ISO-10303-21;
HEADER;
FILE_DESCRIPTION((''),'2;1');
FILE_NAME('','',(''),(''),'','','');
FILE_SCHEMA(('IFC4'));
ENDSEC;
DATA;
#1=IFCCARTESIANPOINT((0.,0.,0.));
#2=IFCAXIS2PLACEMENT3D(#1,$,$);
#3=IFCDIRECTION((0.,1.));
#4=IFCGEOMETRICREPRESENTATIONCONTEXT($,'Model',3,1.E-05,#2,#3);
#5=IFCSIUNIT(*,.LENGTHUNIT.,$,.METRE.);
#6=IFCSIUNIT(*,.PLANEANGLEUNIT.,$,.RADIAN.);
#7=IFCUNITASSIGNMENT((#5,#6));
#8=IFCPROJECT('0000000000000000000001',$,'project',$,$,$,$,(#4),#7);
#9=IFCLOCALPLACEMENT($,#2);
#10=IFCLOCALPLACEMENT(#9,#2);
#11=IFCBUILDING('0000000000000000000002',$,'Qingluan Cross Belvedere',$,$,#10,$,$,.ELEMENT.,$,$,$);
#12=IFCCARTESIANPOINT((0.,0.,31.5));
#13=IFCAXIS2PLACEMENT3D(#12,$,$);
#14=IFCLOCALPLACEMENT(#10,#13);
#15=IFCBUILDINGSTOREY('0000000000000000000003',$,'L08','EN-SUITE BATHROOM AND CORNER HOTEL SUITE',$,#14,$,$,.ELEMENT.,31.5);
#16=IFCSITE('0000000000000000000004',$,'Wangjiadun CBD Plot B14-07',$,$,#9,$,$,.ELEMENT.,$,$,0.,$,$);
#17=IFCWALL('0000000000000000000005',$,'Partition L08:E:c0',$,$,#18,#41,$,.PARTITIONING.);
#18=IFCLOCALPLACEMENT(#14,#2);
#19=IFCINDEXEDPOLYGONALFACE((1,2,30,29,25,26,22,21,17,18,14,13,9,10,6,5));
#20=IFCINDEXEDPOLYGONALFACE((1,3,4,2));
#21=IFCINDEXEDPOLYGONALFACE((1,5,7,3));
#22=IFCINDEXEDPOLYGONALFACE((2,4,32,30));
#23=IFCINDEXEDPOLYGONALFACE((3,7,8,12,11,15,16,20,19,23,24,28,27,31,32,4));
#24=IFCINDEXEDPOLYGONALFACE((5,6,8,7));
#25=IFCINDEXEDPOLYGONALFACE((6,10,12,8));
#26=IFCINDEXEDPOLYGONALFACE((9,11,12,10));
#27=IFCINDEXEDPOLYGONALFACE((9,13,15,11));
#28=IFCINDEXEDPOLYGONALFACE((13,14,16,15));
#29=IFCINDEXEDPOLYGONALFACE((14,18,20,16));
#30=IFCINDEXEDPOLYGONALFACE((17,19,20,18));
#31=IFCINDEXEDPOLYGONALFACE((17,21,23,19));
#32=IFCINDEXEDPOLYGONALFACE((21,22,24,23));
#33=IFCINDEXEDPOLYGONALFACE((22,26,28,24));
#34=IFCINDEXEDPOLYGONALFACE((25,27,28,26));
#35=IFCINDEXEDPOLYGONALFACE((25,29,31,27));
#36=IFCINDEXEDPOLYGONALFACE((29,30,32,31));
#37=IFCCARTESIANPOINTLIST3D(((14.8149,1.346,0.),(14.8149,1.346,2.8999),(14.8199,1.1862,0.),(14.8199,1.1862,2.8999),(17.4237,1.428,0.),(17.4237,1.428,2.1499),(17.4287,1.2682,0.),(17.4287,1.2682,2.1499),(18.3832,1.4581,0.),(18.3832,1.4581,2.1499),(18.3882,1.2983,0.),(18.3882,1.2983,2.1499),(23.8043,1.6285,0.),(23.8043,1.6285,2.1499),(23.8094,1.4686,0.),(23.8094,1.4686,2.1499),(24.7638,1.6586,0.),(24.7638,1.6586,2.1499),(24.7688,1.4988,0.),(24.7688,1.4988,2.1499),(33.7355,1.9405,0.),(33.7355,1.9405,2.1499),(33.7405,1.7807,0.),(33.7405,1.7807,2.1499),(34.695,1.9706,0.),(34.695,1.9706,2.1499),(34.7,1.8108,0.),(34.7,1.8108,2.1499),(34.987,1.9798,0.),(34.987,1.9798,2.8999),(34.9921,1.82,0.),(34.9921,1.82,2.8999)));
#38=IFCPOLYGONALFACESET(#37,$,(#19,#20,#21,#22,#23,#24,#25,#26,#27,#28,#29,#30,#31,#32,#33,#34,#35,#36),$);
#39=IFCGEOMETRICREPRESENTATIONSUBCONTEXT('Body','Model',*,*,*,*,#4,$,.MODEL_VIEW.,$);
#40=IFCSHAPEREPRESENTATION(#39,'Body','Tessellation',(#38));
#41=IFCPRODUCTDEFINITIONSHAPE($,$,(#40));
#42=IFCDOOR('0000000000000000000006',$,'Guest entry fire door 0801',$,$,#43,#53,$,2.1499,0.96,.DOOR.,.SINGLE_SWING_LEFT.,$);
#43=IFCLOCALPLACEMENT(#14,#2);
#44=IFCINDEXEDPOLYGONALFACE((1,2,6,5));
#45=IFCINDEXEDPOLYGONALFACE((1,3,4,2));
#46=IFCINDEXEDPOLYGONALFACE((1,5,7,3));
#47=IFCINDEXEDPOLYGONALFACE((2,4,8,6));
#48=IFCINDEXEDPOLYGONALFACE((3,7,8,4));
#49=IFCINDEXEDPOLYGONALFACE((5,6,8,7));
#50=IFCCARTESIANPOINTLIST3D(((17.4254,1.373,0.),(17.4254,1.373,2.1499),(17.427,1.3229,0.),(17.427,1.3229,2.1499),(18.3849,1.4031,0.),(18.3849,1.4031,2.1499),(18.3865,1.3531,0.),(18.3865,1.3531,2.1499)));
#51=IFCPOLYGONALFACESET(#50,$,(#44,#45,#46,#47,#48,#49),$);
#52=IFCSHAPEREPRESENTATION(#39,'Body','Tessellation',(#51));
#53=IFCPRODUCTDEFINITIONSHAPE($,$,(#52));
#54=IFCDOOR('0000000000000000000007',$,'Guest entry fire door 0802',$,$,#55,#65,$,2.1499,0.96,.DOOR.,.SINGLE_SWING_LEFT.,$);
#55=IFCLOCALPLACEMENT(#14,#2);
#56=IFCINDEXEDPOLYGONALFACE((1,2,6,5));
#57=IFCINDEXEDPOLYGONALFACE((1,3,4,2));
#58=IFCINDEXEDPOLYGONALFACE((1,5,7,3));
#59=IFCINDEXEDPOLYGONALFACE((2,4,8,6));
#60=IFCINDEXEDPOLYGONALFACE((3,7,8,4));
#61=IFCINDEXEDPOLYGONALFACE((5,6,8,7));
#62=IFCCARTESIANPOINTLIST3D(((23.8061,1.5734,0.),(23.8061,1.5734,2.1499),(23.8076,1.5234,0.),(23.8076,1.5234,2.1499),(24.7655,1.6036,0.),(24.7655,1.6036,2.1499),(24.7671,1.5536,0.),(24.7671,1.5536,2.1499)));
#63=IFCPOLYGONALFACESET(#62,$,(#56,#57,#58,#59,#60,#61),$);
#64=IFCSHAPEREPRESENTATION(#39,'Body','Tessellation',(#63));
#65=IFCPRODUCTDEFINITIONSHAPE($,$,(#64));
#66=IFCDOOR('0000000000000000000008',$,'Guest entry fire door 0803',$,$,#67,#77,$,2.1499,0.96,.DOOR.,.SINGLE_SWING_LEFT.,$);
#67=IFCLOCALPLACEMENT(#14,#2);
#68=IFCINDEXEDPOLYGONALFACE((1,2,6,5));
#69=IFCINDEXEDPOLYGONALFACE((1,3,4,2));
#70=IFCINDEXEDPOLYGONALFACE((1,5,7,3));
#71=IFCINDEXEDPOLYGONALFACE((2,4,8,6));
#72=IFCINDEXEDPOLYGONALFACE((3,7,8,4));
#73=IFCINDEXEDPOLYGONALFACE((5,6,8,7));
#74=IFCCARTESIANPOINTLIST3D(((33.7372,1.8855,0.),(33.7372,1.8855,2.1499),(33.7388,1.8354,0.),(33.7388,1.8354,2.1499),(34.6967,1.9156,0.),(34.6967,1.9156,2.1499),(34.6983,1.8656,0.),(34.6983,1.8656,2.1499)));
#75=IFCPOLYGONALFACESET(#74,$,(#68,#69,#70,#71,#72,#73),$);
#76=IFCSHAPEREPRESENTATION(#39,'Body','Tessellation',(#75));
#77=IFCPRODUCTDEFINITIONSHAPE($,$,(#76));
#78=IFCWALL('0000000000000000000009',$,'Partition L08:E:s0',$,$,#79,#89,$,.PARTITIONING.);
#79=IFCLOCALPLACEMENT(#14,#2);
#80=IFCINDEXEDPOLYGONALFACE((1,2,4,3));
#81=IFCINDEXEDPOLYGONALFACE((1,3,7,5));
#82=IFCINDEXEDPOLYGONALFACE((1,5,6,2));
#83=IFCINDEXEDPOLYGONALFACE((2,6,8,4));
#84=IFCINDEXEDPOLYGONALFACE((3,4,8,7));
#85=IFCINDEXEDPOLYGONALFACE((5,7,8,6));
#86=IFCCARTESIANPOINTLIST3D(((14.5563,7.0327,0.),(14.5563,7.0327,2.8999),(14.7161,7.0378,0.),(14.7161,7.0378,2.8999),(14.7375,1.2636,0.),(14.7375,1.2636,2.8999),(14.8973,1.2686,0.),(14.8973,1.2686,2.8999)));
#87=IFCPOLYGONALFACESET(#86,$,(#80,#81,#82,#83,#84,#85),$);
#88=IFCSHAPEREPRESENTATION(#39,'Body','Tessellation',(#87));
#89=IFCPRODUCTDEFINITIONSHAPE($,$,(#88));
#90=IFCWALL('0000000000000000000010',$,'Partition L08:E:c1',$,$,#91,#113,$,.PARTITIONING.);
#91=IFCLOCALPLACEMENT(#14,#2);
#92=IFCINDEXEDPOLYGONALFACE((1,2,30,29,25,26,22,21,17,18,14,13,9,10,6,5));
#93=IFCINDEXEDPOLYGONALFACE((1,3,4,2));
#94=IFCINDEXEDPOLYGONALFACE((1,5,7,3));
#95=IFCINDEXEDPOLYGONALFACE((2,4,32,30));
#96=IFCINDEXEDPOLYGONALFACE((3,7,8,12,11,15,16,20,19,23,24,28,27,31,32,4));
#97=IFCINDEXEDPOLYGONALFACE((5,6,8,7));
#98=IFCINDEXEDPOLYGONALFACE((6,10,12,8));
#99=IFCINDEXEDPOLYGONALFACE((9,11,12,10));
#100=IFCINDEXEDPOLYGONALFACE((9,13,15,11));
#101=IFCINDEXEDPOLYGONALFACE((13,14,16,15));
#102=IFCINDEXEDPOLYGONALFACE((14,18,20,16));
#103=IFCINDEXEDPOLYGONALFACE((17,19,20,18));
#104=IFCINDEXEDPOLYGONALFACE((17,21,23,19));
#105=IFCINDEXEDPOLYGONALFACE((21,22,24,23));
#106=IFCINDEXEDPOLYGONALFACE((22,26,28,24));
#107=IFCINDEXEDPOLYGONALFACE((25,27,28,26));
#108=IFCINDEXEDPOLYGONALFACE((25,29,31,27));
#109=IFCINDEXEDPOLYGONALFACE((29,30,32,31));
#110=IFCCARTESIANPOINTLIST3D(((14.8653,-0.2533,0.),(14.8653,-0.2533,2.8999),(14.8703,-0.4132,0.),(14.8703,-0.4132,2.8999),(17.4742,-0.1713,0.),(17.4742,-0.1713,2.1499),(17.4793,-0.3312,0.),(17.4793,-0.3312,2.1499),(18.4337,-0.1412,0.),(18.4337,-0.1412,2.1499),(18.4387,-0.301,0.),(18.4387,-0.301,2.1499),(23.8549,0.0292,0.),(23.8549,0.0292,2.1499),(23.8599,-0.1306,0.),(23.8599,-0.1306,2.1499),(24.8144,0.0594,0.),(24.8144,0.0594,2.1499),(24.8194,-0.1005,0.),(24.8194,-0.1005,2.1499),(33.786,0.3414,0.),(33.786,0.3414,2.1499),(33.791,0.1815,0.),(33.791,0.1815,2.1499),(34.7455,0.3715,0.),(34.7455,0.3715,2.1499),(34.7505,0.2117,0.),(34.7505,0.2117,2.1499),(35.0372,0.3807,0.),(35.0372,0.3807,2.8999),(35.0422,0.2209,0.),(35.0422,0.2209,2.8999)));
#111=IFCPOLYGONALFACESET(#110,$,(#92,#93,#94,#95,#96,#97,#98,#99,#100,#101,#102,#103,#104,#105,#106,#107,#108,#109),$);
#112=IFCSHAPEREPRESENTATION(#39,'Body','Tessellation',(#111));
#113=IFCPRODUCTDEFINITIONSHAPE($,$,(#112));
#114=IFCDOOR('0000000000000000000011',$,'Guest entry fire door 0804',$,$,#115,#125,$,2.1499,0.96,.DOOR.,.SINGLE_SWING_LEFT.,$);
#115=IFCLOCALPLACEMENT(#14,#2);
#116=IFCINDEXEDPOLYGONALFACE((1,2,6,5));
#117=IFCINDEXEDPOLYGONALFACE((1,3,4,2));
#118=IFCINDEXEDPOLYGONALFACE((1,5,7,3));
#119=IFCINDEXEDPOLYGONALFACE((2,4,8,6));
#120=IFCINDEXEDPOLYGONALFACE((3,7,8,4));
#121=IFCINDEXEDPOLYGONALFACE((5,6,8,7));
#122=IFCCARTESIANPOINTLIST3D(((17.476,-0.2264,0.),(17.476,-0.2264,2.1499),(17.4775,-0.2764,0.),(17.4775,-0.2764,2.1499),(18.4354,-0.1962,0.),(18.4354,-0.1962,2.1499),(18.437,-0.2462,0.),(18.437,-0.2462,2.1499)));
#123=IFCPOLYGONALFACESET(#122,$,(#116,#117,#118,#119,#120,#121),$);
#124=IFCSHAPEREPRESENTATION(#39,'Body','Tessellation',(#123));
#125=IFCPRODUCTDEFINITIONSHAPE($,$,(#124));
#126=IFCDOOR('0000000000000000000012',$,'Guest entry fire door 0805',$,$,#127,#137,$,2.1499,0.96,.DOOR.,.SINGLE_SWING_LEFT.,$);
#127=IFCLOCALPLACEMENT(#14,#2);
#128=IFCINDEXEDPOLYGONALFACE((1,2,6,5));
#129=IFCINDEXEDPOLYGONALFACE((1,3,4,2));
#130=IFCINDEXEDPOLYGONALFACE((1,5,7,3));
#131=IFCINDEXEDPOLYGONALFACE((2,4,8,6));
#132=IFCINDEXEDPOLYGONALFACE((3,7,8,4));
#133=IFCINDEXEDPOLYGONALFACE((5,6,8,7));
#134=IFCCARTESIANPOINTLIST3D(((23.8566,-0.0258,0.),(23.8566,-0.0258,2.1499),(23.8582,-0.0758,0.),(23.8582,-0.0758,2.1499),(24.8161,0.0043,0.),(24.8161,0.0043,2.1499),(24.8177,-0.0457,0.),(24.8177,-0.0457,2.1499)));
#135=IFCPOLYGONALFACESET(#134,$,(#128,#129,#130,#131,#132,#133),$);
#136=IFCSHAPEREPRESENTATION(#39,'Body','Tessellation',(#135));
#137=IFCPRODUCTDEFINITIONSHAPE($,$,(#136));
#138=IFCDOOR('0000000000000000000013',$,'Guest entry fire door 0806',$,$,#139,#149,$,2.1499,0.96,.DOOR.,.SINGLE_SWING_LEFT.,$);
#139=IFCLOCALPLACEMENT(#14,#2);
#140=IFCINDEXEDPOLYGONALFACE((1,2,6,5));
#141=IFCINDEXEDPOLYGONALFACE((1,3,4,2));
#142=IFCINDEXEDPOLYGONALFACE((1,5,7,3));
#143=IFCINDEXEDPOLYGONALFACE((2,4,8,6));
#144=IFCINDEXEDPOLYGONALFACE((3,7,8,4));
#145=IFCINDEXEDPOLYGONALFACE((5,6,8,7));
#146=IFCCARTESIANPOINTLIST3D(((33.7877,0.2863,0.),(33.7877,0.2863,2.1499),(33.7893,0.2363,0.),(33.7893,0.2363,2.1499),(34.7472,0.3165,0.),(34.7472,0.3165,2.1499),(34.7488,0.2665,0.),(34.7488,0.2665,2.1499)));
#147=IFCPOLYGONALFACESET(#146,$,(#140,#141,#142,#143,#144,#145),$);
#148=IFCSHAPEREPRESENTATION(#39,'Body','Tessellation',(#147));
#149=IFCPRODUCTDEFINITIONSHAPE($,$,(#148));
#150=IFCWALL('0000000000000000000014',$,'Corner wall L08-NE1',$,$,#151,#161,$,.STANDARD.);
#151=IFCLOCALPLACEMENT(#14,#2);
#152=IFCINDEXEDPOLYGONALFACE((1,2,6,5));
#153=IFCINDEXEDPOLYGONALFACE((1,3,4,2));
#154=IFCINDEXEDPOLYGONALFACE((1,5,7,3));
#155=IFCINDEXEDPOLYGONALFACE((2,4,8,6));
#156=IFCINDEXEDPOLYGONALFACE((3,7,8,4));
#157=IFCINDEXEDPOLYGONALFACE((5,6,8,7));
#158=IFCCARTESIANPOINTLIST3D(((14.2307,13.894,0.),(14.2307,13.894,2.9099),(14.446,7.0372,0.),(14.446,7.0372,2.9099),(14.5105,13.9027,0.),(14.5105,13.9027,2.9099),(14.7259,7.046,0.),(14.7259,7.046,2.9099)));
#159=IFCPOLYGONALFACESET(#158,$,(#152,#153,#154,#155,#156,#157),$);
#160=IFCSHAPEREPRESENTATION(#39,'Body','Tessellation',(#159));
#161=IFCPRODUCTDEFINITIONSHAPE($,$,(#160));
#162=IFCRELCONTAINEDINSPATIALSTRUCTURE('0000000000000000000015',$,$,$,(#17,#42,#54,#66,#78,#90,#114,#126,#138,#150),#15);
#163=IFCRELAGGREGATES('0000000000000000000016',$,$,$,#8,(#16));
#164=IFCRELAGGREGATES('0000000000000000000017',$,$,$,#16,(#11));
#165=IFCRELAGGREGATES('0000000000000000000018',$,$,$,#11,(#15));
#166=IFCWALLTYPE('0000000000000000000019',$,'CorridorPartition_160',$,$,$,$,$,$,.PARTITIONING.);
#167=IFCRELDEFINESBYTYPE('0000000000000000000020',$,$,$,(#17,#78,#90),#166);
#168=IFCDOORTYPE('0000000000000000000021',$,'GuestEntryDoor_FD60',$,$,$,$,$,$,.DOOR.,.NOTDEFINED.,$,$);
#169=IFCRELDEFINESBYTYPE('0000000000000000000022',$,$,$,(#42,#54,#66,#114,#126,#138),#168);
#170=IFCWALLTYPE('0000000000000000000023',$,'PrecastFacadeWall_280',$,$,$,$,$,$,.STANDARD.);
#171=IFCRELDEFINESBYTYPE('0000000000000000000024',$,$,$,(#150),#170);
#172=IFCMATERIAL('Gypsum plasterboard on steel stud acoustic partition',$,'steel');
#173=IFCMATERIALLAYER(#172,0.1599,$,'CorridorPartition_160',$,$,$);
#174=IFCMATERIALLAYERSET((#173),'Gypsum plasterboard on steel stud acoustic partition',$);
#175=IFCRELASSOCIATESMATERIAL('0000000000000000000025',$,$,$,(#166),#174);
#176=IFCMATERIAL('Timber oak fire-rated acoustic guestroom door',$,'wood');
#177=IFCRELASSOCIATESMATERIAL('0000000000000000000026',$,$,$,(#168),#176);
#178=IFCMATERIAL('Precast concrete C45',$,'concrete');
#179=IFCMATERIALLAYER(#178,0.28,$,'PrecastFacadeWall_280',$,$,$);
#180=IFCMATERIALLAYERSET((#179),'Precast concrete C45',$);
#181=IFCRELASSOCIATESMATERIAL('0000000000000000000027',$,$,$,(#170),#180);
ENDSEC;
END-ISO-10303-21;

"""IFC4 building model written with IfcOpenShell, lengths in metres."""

from ifc_helpers import new_model, si_unit, direction, frame, frame_2d, origin, place, context, subcontext, project, spatial, rectangle, extrude, material, layer, layer_set, type_object, element, fill, save


model = new_model("IFC4")

# Units and contexts
model_context = context("Model", 3, precision=1e-05, world=origin(), true_north=direction((0.0, 1.0)))
body_context = subcontext(model_context, "Body", "Model", "MODEL_VIEW")
ifc_project = project(units=[si_unit("LENGTHUNIT", "METRE"), si_unit("PLANEANGLEUNIT", "RADIAN")], contexts=[model_context])

# Site, building, storey
site_placement = place(None, origin())
site = spatial("IfcSite", under=ifc_project, at=site_placement, Name="Wangjiadun CBD Plot B14-07", CompositionType="ELEMENT", RefElevation=0.0)
building_placement = place(site_placement, origin())
building = spatial("IfcBuilding", under=site, at=building_placement, Name="Qingluan Cross Belvedere", CompositionType="ELEMENT")
storey_placement = place(building_placement, frame((0.0, 0.0, 31.5)))
storey = spatial("IfcBuildingStorey", under=building, at=storey_placement, Name="L08", Description="EN-SUITE BATHROOM AND CORNER HOTEL SUITE", CompositionType="ELEMENT", Elevation=31.5)

# Shared definitions
ifc_material_1 = material(Name="Gypsum plasterboard on steel stud acoustic partition", Category="steel")
ifc_layer_1 = layer(ifc_material_1, 0.1599, Name="CorridorPartition_160")
ifc_layer_set_1 = layer_set([ifc_layer_1], Name="Gypsum plasterboard on steel stud acoustic partition")
wall_type_1 = type_object("IfcWallType", Name="CorridorPartition_160", PredefinedType="PARTITIONING", material=ifc_layer_set_1)

# Wall, openings, doors
wall_1_placement = place(storey_placement, frame((14.8174, 1.2661, 0.0), z_axis=(0.0, 0.0, 1.0), x_axis=(0.999507, 0.031404, 0.0)))
wall_1 = element("IfcWall", 1, at=wall_1_placement, inside=storey, type_object=wall_type_1, Name="Partition L08:E:c0", PredefinedType="PARTITIONING", context=body_context, shape_type="SweptSolid", body=[
    extrude(rectangle(XDim=20.1821, YDim=0.1599, at=frame_2d((10.0911, 0.0))), origin(), (0.0, 0.0, 1.0), 2.8999),
])
opening_1_placement = place(wall_1_placement, frame((2.6101, 0.0, 0.0)))
opening_1 = element("IfcOpeningElement", 2, at=opening_1_placement, cuts=wall_1, PredefinedType="OPENING", context=body_context, shape_type="SweptSolid", body=[
    extrude(rectangle(XDim=0.96, YDim=2.1499, at=frame_2d((0.48, 1.075))), frame((0.0, 0.0898, 0.0), z_axis=(0.0, -1.0, 0.0), x_axis=(1.0, 0.0, 0.0)), (0.0, 0.0, 1.0), 0.1799),
])
opening_2_placement = place(wall_1_placement, frame((8.9939, 0.0, 0.0)))
opening_2 = element("IfcOpeningElement", 3, at=opening_2_placement, cuts=wall_1, PredefinedType="OPENING", context=body_context, shape_type="SweptSolid", body=[
    extrude(rectangle(XDim=0.96, YDim=2.1499, at=frame_2d((0.48, 1.075))), frame((0.0, 0.0898, 0.0), z_axis=(0.0, -1.0, 0.0), x_axis=(1.0, 0.0, 0.0)), (0.0, 0.0, 1.0), 0.1799),
])
opening_3_placement = place(wall_1_placement, frame((18.9299, 0.0, 0.0)))
opening_3 = element("IfcOpeningElement", 4, at=opening_3_placement, cuts=wall_1, PredefinedType="OPENING", context=body_context, shape_type="SweptSolid", body=[
    extrude(rectangle(XDim=0.96, YDim=2.1499, at=frame_2d((0.48, 1.075))), frame((0.0, 0.0898, 0.0), z_axis=(0.0, -1.0, 0.0), x_axis=(1.0, 0.0, 0.0)), (0.0, 0.0, 1.0), 0.1799),
])
ifc_material_2 = material(Name="Timber oak fire-rated acoustic guestroom door", Category="wood")
door_type_1 = type_object("IfcDoorType", Name="GuestEntryDoor_FD60", OperationType="NOTDEFINED", PredefinedType="DOOR", material=ifc_material_2)
door_1_placement = place(opening_1_placement, origin())
door_1 = element("IfcDoor", 5, at=door_1_placement, inside=storey, type_object=door_type_1, Name="Guest entry fire door 0801", OperationType="SINGLE_SWING_LEFT", OverallHeight=2.1499, OverallWidth=0.96, PredefinedType="DOOR", context=body_context, shape_type="SweptSolid", body=[
    extrude(rectangle(XDim=0.96, YDim=2.1499, at=frame_2d((0.48, 1.075))), frame((0.0, 0.0249, 0.0), z_axis=(0.0, -1.0, 0.0), x_axis=(1.0, 0.0, 0.0)), (0.0, 0.0, 1.0), 0.05),
])
fill(opening_1, door_1)
door_2_placement = place(opening_2_placement, origin())
door_2 = element("IfcDoor", 6, at=door_2_placement, inside=storey, type_object=door_type_1, Name="Guest entry fire door 0802", OperationType="SINGLE_SWING_LEFT", OverallHeight=2.1499, OverallWidth=0.96, PredefinedType="DOOR", context=body_context, shape_type="SweptSolid", body=[
    extrude(rectangle(XDim=0.96, YDim=2.1499, at=frame_2d((0.48, 1.075))), frame((0.0, 0.0249, 0.0), z_axis=(0.0, -1.0, 0.0), x_axis=(1.0, 0.0, 0.0)), (0.0, 0.0, 1.0), 0.05),
])
fill(opening_2, door_2)
door_3_placement = place(opening_3_placement, origin())
door_3 = element("IfcDoor", 7, at=door_3_placement, inside=storey, type_object=door_type_1, Name="Guest entry fire door 0803", OperationType="SINGLE_SWING_LEFT", OverallHeight=2.1499, OverallWidth=0.96, PredefinedType="DOOR", context=body_context, shape_type="SweptSolid", body=[
    extrude(rectangle(XDim=0.96, YDim=2.1499, at=frame_2d((0.48, 1.075))), frame((0.0, 0.0249, 0.0), z_axis=(0.0, -1.0, 0.0), x_axis=(1.0, 0.0, 0.0)), (0.0, 0.0, 1.0), 0.05),
])
fill(opening_3, door_3)

# Wall
wall_2_placement = place(storey_placement, frame((14.8174, 1.2661, 0.0), z_axis=(0.0, 0.0, 1.0), x_axis=(-0.031385, 0.999507, 0.0)))
element("IfcWall", 8, at=wall_2_placement, inside=storey, type_object=wall_type_1, Name="Partition L08:E:s0", PredefinedType="PARTITIONING", context=body_context, shape_type="SweptSolid", body=[
    extrude(rectangle(XDim=5.772, YDim=0.1599, at=frame_2d((2.886, 0.0))), origin(), (0.0, 0.0, 1.0), 2.8999),
])

# Wall, openings, doors
wall_3_placement = place(storey_placement, frame((14.8679, -0.3333, 0.0), z_axis=(0.0, 0.0, 1.0), x_axis=(0.999506, 0.031416, 0.0)))
wall_3 = element("IfcWall", 9, at=wall_3_placement, inside=storey, type_object=wall_type_1, Name="Partition L08:E:c1", PredefinedType="PARTITIONING", context=body_context, shape_type="SweptSolid", body=[
    extrude(rectangle(XDim=20.1819, YDim=0.1599, at=frame_2d((10.0908, 0.0))), origin(), (0.0, 0.0, 1.0), 2.8999),
])
opening_4_placement = place(wall_3_placement, frame((2.6101, 0.0, 0.0)))
opening_4 = element("IfcOpeningElement", 10, at=opening_4_placement, cuts=wall_3, PredefinedType="OPENING", context=body_context, shape_type="SweptSolid", body=[
    extrude(rectangle(XDim=0.96, YDim=2.1499, at=frame_2d((0.48, 1.075))), frame((0.0, 0.0898, 0.0), z_axis=(0.0, -1.0, 0.0), x_axis=(1.0, 0.0, 0.0)), (0.0, 0.0, 1.0), 0.1799),
])
opening_5_placement = place(wall_3_placement, frame((8.9939, 0.0, 0.0)))
opening_5 = element("IfcOpeningElement", 11, at=opening_5_placement, cuts=wall_3, PredefinedType="OPENING", context=body_context, shape_type="SweptSolid", body=[
    extrude(rectangle(XDim=0.96, YDim=2.1499, at=frame_2d((0.48, 1.075))), frame((0.0, 0.0898, 0.0), z_axis=(0.0, -1.0, 0.0), x_axis=(1.0, 0.0, 0.0)), (0.0, 0.0, 1.0), 0.1799),
])
opening_6_placement = place(wall_3_placement, frame((18.9299, 0.0, 0.0)))
opening_6 = element("IfcOpeningElement", 12, at=opening_6_placement, cuts=wall_3, PredefinedType="OPENING", context=body_context, shape_type="SweptSolid", body=[
    extrude(rectangle(XDim=0.96, YDim=2.1499, at=frame_2d((0.48, 1.075))), frame((0.0, 0.0898, 0.0), z_axis=(0.0, -1.0, 0.0), x_axis=(1.0, 0.0, 0.0)), (0.0, 0.0, 1.0), 0.1799),
])
door_4_placement = place(opening_4_placement, origin())
door_4 = element("IfcDoor", 13, at=door_4_placement, inside=storey, type_object=door_type_1, Name="Guest entry fire door 0804", OperationType="SINGLE_SWING_LEFT", OverallHeight=2.1499, OverallWidth=0.96, PredefinedType="DOOR", context=body_context, shape_type="SweptSolid", body=[
    extrude(rectangle(XDim=0.96, YDim=2.1499, at=frame_2d((0.48, 1.075))), frame((0.0, 0.0249, 0.0), z_axis=(0.0, -1.0, 0.0), x_axis=(1.0, 0.0, 0.0)), (0.0, 0.0, 1.0), 0.05),
])
fill(opening_4, door_4)
door_5_placement = place(opening_5_placement, origin())
door_5 = element("IfcDoor", 14, at=door_5_placement, inside=storey, type_object=door_type_1, Name="Guest entry fire door 0805", OperationType="SINGLE_SWING_LEFT", OverallHeight=2.1499, OverallWidth=0.96, PredefinedType="DOOR", context=body_context, shape_type="SweptSolid", body=[
    extrude(rectangle(XDim=0.96, YDim=2.1499, at=frame_2d((0.48, 1.075))), frame((0.0, 0.0249, 0.0), z_axis=(0.0, -1.0, 0.0), x_axis=(1.0, 0.0, 0.0)), (0.0, 0.0, 1.0), 0.05),
])
fill(opening_5, door_5)
door_6_placement = place(opening_6_placement, origin())
door_6 = element("IfcDoor", 15, at=door_6_placement, inside=storey, type_object=door_type_1, Name="Guest entry fire door 0806", OperationType="SINGLE_SWING_LEFT", OverallHeight=2.1499, OverallWidth=0.96, PredefinedType="DOOR", context=body_context, shape_type="SweptSolid", body=[
    extrude(rectangle(XDim=0.96, YDim=2.1499, at=frame_2d((0.48, 1.075))), frame((0.0, 0.0249, 0.0), z_axis=(0.0, -1.0, 0.0), x_axis=(1.0, 0.0, 0.0)), (0.0, 0.0, 1.0), 0.05),
])
fill(opening_6, door_6)

# Wall
ifc_material_3 = material(Name="Precast concrete C45", Category="concrete")
ifc_layer_2 = layer(ifc_material_3, 0.28, Name="PrecastFacadeWall_280")
ifc_layer_set_2 = layer_set([ifc_layer_2], Name="Precast concrete C45")
wall_type_2 = type_object("IfcWallType", Name="PrecastFacadeWall_280", PredefinedType="STANDARD", material=ifc_layer_set_2)
wall_4_placement = place(storey_placement, frame((14.5859, 7.0415, 0.0), z_axis=(0.0, 0.0, 1.0), x_axis=(-0.031389, 0.999507, 0.0)))
element("IfcWall", 16, at=wall_4_placement, inside=storey, type_object=wall_type_2, Name="Corner wall L08-NE1", PredefinedType="STANDARD", context=body_context, shape_type="SweptSolid", body=[
    extrude(rectangle(XDim=6.8601, YDim=0.28, at=frame_2d((3.4302, 0.0))), origin(), (0.0, 0.0, 1.0), 2.9099),
])

save(model, "model.ifc")
